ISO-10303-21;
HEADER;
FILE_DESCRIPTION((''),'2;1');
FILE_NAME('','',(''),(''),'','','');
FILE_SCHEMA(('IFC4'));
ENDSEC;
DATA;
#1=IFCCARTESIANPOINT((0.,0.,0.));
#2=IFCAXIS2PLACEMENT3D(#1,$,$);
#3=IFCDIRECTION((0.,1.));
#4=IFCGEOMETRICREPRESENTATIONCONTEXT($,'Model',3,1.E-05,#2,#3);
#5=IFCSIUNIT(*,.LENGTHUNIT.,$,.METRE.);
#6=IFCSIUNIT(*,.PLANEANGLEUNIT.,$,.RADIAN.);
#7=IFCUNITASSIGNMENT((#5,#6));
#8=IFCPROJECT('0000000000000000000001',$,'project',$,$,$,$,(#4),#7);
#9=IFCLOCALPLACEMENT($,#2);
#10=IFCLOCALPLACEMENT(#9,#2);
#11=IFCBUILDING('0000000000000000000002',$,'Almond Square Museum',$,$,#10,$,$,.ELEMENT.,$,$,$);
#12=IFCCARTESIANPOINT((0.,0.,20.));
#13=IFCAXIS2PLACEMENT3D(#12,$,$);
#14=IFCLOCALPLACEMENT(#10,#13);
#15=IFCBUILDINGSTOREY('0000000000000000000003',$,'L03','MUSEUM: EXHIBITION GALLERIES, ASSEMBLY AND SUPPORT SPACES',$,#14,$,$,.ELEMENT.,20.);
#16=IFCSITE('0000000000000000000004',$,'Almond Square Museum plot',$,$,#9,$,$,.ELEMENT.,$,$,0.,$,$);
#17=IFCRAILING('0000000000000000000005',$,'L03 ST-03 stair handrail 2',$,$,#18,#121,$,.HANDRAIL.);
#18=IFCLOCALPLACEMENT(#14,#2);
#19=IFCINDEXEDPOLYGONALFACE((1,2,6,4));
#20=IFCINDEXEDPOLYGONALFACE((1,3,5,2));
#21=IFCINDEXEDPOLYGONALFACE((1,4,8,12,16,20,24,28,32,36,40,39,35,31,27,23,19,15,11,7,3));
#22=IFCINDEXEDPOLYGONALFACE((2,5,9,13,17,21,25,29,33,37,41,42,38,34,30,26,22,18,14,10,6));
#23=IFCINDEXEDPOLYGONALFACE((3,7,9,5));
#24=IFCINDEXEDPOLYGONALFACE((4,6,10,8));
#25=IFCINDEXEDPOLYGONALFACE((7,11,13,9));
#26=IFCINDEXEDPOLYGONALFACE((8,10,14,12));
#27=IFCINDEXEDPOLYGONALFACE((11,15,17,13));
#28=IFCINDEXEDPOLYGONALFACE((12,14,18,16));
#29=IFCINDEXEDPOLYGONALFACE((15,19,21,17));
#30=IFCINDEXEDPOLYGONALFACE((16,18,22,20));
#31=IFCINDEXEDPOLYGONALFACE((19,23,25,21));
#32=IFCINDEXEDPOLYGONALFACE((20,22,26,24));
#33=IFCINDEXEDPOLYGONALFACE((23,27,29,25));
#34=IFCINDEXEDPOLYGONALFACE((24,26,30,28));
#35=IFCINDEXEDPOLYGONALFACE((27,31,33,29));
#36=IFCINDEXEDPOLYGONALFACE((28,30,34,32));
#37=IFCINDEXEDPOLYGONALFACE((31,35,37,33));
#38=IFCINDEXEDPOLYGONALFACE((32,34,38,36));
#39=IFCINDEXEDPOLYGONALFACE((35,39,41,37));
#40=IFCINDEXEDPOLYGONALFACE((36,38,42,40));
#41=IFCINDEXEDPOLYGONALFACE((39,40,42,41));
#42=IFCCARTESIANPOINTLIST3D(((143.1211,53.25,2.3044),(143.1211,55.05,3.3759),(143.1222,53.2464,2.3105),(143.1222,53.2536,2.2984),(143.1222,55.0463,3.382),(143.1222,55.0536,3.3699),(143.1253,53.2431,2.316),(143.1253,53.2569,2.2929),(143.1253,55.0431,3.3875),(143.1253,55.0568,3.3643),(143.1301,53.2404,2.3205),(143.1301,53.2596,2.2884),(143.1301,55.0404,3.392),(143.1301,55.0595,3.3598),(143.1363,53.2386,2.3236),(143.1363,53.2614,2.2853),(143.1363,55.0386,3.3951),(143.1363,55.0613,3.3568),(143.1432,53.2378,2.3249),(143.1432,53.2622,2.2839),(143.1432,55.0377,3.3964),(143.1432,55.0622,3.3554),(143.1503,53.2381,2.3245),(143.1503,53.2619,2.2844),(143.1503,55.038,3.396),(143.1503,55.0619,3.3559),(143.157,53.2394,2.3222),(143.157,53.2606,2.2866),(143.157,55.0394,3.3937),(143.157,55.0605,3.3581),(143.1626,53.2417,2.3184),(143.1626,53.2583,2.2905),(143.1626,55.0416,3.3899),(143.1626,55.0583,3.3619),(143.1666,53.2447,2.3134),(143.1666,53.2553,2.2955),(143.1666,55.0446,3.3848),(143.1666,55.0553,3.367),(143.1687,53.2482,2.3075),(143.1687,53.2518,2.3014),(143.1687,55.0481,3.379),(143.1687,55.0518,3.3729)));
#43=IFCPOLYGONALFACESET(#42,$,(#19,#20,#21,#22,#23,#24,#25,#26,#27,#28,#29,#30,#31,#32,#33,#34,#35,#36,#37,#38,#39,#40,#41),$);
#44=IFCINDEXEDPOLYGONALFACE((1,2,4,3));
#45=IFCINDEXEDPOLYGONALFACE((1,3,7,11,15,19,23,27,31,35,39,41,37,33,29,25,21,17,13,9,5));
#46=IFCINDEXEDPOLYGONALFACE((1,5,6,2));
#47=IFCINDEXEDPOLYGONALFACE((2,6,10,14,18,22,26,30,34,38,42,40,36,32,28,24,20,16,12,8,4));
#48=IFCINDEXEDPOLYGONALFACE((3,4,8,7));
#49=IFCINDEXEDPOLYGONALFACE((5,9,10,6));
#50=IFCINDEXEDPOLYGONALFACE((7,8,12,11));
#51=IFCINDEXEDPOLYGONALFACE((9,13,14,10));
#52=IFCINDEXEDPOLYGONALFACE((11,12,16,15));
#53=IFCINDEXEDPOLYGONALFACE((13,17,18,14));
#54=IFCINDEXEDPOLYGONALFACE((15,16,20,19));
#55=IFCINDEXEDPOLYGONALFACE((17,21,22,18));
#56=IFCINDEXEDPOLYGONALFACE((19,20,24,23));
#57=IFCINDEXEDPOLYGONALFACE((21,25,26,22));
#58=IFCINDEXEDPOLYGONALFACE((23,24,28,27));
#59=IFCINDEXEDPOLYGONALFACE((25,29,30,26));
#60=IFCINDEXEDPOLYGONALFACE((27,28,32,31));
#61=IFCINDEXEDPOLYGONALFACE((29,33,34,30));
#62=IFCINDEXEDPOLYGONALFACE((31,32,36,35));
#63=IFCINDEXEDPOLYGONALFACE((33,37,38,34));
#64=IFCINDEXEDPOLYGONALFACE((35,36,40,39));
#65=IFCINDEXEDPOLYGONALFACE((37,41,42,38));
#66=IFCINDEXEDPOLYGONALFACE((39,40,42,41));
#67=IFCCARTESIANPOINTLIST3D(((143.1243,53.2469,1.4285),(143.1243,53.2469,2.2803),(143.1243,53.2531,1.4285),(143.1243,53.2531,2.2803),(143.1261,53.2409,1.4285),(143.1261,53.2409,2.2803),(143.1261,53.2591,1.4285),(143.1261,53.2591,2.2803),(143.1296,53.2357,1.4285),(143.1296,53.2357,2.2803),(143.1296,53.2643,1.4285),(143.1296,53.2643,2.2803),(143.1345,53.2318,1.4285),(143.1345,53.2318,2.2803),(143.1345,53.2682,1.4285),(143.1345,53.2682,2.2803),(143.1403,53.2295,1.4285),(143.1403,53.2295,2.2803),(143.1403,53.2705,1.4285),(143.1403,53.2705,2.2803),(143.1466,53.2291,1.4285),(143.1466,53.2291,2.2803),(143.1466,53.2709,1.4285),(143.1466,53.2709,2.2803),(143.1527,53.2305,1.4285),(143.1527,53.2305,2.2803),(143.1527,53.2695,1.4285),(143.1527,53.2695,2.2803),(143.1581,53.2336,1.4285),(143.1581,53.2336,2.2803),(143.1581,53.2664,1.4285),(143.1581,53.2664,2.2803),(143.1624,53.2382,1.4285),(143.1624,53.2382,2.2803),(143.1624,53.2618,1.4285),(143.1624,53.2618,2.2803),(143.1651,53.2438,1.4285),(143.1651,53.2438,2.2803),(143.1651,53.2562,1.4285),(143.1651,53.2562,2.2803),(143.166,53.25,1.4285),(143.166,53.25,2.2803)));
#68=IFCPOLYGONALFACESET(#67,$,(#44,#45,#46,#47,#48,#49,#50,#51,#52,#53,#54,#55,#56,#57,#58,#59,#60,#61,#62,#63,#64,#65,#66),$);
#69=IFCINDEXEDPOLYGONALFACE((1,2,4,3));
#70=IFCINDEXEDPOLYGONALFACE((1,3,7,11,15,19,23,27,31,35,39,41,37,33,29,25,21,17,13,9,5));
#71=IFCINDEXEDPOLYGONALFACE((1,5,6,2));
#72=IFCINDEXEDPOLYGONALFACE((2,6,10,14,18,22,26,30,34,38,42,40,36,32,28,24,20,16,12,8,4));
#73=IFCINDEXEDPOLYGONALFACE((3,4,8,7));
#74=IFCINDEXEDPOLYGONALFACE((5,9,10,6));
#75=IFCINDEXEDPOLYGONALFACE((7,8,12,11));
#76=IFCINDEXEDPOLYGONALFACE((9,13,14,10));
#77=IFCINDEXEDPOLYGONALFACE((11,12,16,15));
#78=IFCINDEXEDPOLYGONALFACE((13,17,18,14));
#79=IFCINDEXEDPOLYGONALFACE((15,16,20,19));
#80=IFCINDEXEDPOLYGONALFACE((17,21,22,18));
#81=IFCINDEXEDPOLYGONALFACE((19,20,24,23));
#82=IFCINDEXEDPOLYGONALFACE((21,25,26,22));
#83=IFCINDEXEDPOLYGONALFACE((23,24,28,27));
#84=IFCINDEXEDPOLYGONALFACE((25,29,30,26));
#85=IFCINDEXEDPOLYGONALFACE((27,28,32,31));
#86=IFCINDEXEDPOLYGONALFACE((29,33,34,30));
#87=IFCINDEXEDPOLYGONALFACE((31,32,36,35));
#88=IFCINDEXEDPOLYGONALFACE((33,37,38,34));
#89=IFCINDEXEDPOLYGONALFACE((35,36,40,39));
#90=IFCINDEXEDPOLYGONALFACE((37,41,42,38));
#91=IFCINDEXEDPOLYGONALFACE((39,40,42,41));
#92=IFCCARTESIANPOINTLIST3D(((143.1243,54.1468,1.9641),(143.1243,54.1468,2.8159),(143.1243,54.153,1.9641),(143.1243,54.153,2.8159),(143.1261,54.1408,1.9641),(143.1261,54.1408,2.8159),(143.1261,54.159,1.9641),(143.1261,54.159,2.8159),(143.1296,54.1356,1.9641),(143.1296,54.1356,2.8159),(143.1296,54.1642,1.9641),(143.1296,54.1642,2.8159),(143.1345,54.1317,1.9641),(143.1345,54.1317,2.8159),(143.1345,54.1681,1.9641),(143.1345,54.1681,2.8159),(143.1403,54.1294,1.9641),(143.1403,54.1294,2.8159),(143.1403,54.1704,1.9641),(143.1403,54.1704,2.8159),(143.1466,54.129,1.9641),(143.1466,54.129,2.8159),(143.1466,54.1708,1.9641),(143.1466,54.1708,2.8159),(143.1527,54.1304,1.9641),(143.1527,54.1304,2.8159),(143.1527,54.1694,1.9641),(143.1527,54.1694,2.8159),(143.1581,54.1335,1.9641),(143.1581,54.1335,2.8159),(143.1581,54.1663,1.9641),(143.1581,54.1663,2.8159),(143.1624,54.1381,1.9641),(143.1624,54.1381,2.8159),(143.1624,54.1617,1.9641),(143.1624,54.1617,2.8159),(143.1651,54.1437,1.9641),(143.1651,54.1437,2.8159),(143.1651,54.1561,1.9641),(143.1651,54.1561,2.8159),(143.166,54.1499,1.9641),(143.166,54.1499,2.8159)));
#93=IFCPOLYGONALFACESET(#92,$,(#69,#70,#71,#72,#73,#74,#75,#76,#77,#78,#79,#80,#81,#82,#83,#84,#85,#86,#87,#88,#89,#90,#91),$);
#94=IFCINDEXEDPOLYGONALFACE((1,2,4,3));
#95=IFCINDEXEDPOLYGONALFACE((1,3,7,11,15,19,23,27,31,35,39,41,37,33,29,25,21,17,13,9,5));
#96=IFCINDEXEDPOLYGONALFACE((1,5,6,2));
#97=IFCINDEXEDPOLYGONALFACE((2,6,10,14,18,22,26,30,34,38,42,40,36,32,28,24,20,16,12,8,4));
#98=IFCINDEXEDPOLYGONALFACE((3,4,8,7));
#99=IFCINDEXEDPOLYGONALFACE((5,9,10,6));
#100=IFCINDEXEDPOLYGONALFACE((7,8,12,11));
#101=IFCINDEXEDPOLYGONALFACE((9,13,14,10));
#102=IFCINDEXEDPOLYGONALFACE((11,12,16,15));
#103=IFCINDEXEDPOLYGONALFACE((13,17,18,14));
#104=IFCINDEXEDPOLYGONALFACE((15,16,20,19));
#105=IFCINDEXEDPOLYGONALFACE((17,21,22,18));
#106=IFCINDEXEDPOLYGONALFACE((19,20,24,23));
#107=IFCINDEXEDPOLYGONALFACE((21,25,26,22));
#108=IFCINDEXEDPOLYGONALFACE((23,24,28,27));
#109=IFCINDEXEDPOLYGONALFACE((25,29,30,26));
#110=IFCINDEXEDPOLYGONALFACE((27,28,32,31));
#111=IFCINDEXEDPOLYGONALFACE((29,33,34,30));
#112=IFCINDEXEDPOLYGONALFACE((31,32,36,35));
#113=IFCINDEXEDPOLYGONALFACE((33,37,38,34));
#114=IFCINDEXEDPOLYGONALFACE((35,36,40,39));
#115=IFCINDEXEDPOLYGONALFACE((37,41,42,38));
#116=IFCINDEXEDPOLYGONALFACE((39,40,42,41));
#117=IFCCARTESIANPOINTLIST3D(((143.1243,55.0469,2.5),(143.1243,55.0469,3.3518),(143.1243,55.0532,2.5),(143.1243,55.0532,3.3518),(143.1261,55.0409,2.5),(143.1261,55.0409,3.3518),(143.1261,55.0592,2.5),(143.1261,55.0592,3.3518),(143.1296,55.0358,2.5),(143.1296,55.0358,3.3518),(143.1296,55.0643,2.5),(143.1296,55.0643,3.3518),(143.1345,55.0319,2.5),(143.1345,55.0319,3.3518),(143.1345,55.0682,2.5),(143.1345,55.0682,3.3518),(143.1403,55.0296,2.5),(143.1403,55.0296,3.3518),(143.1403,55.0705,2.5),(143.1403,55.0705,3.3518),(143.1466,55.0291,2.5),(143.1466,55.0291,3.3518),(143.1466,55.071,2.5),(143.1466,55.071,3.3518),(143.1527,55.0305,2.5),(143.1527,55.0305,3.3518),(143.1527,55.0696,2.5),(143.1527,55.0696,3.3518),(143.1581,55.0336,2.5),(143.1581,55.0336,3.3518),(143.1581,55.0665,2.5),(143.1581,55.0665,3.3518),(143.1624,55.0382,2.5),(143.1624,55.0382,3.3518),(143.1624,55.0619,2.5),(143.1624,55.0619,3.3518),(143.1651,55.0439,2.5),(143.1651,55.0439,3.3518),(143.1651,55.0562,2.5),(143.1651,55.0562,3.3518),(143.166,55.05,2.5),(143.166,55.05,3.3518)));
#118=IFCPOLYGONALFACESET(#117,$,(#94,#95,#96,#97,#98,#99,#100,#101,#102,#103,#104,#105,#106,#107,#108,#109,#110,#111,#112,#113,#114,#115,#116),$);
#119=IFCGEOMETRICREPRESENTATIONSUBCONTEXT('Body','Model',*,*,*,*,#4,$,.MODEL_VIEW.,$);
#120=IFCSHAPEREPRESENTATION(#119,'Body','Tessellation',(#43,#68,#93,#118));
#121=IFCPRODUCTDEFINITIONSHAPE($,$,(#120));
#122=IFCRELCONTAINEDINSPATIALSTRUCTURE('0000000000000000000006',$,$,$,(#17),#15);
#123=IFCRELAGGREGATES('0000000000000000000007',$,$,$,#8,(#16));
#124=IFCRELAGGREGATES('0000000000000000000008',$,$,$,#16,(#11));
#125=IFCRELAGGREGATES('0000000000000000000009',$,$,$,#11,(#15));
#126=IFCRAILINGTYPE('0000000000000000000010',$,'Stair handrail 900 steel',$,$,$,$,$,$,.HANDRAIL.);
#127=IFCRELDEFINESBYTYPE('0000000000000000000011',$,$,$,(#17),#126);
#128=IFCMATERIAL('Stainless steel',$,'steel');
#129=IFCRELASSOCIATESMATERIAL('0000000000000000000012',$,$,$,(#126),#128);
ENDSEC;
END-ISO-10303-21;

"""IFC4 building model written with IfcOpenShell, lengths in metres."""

from ifc_helpers import new_model, si_unit, direction, frame, origin, origin_2d, place, context, subcontext, project, spatial, circle, extrude, material, type_object, element, save


model = new_model("IFC4")

# Units and contexts
model_context = context("Model", 3, precision=1e-05, world=origin(), true_north=direction((0.0, 1.0)))
body_context = subcontext(model_context, "Body", "Model", "MODEL_VIEW")
ifc_project = project(units=[si_unit("LENGTHUNIT", "METRE"), si_unit("PLANEANGLEUNIT", "RADIAN")], contexts=[model_context])

# Site, building, storey
site_placement = place(None, origin())
site = spatial("IfcSite", under=ifc_project, at=site_placement, Name="Almond Square Museum plot", CompositionType="ELEMENT", RefElevation=0.0)
building_placement = place(site_placement, origin())
building = spatial("IfcBuilding", under=site, at=building_placement, Name="Almond Square Museum", CompositionType="ELEMENT")
storey_placement = place(building_placement, frame((0.0, 0.0, 20.0)))
storey = spatial("IfcBuildingStorey", under=building, at=storey_placement, Name="L03", Description="MUSEUM: EXHIBITION GALLERIES, ASSEMBLY AND SUPPORT SPACES", CompositionType="ELEMENT", Elevation=20.0)

# Railing
ifc_material_1 = material(Name="Stainless steel", Category="steel")
railing_type_1 = type_object("IfcRailingType", Name="Stair handrail 900 steel", PredefinedType="HANDRAIL", material=ifc_material_1)
railing_1_placement = place(storey_placement, frame((143.145, 53.25, 1.4285)))
element("IfcRailing", 1, at=railing_1_placement, inside=storey, type_object=railing_type_1, Name="L03 ST-03 stair handrail 2", PredefinedType="HANDRAIL", context=body_context, shape_type="SweptSolid", body=[
    extrude(circle(Radius=0.0239, at=origin_2d()), frame((0.0, 0.0, 0.876), z_axis=(0.0, 0.859277, 0.51151), x_axis=(-1.0, 0.0, 0.0)), (0.0, 0.0, 1.0), 2.0947),
    extrude(circle(Radius=0.021, at=origin_2d()), origin(), (0.0, 0.0, 1.0), 0.8518),
    extrude(circle(Radius=0.021, at=origin_2d()), frame((0.0, 0.8999, 0.5356)), (0.0, 0.0, 1.0), 0.8518),
    extrude(circle(Radius=0.021, at=origin_2d()), frame((0.0, 1.8, 1.0715)), (0.0, 0.0, 1.0), 0.8518),
])

save(model, "model.ifc")
